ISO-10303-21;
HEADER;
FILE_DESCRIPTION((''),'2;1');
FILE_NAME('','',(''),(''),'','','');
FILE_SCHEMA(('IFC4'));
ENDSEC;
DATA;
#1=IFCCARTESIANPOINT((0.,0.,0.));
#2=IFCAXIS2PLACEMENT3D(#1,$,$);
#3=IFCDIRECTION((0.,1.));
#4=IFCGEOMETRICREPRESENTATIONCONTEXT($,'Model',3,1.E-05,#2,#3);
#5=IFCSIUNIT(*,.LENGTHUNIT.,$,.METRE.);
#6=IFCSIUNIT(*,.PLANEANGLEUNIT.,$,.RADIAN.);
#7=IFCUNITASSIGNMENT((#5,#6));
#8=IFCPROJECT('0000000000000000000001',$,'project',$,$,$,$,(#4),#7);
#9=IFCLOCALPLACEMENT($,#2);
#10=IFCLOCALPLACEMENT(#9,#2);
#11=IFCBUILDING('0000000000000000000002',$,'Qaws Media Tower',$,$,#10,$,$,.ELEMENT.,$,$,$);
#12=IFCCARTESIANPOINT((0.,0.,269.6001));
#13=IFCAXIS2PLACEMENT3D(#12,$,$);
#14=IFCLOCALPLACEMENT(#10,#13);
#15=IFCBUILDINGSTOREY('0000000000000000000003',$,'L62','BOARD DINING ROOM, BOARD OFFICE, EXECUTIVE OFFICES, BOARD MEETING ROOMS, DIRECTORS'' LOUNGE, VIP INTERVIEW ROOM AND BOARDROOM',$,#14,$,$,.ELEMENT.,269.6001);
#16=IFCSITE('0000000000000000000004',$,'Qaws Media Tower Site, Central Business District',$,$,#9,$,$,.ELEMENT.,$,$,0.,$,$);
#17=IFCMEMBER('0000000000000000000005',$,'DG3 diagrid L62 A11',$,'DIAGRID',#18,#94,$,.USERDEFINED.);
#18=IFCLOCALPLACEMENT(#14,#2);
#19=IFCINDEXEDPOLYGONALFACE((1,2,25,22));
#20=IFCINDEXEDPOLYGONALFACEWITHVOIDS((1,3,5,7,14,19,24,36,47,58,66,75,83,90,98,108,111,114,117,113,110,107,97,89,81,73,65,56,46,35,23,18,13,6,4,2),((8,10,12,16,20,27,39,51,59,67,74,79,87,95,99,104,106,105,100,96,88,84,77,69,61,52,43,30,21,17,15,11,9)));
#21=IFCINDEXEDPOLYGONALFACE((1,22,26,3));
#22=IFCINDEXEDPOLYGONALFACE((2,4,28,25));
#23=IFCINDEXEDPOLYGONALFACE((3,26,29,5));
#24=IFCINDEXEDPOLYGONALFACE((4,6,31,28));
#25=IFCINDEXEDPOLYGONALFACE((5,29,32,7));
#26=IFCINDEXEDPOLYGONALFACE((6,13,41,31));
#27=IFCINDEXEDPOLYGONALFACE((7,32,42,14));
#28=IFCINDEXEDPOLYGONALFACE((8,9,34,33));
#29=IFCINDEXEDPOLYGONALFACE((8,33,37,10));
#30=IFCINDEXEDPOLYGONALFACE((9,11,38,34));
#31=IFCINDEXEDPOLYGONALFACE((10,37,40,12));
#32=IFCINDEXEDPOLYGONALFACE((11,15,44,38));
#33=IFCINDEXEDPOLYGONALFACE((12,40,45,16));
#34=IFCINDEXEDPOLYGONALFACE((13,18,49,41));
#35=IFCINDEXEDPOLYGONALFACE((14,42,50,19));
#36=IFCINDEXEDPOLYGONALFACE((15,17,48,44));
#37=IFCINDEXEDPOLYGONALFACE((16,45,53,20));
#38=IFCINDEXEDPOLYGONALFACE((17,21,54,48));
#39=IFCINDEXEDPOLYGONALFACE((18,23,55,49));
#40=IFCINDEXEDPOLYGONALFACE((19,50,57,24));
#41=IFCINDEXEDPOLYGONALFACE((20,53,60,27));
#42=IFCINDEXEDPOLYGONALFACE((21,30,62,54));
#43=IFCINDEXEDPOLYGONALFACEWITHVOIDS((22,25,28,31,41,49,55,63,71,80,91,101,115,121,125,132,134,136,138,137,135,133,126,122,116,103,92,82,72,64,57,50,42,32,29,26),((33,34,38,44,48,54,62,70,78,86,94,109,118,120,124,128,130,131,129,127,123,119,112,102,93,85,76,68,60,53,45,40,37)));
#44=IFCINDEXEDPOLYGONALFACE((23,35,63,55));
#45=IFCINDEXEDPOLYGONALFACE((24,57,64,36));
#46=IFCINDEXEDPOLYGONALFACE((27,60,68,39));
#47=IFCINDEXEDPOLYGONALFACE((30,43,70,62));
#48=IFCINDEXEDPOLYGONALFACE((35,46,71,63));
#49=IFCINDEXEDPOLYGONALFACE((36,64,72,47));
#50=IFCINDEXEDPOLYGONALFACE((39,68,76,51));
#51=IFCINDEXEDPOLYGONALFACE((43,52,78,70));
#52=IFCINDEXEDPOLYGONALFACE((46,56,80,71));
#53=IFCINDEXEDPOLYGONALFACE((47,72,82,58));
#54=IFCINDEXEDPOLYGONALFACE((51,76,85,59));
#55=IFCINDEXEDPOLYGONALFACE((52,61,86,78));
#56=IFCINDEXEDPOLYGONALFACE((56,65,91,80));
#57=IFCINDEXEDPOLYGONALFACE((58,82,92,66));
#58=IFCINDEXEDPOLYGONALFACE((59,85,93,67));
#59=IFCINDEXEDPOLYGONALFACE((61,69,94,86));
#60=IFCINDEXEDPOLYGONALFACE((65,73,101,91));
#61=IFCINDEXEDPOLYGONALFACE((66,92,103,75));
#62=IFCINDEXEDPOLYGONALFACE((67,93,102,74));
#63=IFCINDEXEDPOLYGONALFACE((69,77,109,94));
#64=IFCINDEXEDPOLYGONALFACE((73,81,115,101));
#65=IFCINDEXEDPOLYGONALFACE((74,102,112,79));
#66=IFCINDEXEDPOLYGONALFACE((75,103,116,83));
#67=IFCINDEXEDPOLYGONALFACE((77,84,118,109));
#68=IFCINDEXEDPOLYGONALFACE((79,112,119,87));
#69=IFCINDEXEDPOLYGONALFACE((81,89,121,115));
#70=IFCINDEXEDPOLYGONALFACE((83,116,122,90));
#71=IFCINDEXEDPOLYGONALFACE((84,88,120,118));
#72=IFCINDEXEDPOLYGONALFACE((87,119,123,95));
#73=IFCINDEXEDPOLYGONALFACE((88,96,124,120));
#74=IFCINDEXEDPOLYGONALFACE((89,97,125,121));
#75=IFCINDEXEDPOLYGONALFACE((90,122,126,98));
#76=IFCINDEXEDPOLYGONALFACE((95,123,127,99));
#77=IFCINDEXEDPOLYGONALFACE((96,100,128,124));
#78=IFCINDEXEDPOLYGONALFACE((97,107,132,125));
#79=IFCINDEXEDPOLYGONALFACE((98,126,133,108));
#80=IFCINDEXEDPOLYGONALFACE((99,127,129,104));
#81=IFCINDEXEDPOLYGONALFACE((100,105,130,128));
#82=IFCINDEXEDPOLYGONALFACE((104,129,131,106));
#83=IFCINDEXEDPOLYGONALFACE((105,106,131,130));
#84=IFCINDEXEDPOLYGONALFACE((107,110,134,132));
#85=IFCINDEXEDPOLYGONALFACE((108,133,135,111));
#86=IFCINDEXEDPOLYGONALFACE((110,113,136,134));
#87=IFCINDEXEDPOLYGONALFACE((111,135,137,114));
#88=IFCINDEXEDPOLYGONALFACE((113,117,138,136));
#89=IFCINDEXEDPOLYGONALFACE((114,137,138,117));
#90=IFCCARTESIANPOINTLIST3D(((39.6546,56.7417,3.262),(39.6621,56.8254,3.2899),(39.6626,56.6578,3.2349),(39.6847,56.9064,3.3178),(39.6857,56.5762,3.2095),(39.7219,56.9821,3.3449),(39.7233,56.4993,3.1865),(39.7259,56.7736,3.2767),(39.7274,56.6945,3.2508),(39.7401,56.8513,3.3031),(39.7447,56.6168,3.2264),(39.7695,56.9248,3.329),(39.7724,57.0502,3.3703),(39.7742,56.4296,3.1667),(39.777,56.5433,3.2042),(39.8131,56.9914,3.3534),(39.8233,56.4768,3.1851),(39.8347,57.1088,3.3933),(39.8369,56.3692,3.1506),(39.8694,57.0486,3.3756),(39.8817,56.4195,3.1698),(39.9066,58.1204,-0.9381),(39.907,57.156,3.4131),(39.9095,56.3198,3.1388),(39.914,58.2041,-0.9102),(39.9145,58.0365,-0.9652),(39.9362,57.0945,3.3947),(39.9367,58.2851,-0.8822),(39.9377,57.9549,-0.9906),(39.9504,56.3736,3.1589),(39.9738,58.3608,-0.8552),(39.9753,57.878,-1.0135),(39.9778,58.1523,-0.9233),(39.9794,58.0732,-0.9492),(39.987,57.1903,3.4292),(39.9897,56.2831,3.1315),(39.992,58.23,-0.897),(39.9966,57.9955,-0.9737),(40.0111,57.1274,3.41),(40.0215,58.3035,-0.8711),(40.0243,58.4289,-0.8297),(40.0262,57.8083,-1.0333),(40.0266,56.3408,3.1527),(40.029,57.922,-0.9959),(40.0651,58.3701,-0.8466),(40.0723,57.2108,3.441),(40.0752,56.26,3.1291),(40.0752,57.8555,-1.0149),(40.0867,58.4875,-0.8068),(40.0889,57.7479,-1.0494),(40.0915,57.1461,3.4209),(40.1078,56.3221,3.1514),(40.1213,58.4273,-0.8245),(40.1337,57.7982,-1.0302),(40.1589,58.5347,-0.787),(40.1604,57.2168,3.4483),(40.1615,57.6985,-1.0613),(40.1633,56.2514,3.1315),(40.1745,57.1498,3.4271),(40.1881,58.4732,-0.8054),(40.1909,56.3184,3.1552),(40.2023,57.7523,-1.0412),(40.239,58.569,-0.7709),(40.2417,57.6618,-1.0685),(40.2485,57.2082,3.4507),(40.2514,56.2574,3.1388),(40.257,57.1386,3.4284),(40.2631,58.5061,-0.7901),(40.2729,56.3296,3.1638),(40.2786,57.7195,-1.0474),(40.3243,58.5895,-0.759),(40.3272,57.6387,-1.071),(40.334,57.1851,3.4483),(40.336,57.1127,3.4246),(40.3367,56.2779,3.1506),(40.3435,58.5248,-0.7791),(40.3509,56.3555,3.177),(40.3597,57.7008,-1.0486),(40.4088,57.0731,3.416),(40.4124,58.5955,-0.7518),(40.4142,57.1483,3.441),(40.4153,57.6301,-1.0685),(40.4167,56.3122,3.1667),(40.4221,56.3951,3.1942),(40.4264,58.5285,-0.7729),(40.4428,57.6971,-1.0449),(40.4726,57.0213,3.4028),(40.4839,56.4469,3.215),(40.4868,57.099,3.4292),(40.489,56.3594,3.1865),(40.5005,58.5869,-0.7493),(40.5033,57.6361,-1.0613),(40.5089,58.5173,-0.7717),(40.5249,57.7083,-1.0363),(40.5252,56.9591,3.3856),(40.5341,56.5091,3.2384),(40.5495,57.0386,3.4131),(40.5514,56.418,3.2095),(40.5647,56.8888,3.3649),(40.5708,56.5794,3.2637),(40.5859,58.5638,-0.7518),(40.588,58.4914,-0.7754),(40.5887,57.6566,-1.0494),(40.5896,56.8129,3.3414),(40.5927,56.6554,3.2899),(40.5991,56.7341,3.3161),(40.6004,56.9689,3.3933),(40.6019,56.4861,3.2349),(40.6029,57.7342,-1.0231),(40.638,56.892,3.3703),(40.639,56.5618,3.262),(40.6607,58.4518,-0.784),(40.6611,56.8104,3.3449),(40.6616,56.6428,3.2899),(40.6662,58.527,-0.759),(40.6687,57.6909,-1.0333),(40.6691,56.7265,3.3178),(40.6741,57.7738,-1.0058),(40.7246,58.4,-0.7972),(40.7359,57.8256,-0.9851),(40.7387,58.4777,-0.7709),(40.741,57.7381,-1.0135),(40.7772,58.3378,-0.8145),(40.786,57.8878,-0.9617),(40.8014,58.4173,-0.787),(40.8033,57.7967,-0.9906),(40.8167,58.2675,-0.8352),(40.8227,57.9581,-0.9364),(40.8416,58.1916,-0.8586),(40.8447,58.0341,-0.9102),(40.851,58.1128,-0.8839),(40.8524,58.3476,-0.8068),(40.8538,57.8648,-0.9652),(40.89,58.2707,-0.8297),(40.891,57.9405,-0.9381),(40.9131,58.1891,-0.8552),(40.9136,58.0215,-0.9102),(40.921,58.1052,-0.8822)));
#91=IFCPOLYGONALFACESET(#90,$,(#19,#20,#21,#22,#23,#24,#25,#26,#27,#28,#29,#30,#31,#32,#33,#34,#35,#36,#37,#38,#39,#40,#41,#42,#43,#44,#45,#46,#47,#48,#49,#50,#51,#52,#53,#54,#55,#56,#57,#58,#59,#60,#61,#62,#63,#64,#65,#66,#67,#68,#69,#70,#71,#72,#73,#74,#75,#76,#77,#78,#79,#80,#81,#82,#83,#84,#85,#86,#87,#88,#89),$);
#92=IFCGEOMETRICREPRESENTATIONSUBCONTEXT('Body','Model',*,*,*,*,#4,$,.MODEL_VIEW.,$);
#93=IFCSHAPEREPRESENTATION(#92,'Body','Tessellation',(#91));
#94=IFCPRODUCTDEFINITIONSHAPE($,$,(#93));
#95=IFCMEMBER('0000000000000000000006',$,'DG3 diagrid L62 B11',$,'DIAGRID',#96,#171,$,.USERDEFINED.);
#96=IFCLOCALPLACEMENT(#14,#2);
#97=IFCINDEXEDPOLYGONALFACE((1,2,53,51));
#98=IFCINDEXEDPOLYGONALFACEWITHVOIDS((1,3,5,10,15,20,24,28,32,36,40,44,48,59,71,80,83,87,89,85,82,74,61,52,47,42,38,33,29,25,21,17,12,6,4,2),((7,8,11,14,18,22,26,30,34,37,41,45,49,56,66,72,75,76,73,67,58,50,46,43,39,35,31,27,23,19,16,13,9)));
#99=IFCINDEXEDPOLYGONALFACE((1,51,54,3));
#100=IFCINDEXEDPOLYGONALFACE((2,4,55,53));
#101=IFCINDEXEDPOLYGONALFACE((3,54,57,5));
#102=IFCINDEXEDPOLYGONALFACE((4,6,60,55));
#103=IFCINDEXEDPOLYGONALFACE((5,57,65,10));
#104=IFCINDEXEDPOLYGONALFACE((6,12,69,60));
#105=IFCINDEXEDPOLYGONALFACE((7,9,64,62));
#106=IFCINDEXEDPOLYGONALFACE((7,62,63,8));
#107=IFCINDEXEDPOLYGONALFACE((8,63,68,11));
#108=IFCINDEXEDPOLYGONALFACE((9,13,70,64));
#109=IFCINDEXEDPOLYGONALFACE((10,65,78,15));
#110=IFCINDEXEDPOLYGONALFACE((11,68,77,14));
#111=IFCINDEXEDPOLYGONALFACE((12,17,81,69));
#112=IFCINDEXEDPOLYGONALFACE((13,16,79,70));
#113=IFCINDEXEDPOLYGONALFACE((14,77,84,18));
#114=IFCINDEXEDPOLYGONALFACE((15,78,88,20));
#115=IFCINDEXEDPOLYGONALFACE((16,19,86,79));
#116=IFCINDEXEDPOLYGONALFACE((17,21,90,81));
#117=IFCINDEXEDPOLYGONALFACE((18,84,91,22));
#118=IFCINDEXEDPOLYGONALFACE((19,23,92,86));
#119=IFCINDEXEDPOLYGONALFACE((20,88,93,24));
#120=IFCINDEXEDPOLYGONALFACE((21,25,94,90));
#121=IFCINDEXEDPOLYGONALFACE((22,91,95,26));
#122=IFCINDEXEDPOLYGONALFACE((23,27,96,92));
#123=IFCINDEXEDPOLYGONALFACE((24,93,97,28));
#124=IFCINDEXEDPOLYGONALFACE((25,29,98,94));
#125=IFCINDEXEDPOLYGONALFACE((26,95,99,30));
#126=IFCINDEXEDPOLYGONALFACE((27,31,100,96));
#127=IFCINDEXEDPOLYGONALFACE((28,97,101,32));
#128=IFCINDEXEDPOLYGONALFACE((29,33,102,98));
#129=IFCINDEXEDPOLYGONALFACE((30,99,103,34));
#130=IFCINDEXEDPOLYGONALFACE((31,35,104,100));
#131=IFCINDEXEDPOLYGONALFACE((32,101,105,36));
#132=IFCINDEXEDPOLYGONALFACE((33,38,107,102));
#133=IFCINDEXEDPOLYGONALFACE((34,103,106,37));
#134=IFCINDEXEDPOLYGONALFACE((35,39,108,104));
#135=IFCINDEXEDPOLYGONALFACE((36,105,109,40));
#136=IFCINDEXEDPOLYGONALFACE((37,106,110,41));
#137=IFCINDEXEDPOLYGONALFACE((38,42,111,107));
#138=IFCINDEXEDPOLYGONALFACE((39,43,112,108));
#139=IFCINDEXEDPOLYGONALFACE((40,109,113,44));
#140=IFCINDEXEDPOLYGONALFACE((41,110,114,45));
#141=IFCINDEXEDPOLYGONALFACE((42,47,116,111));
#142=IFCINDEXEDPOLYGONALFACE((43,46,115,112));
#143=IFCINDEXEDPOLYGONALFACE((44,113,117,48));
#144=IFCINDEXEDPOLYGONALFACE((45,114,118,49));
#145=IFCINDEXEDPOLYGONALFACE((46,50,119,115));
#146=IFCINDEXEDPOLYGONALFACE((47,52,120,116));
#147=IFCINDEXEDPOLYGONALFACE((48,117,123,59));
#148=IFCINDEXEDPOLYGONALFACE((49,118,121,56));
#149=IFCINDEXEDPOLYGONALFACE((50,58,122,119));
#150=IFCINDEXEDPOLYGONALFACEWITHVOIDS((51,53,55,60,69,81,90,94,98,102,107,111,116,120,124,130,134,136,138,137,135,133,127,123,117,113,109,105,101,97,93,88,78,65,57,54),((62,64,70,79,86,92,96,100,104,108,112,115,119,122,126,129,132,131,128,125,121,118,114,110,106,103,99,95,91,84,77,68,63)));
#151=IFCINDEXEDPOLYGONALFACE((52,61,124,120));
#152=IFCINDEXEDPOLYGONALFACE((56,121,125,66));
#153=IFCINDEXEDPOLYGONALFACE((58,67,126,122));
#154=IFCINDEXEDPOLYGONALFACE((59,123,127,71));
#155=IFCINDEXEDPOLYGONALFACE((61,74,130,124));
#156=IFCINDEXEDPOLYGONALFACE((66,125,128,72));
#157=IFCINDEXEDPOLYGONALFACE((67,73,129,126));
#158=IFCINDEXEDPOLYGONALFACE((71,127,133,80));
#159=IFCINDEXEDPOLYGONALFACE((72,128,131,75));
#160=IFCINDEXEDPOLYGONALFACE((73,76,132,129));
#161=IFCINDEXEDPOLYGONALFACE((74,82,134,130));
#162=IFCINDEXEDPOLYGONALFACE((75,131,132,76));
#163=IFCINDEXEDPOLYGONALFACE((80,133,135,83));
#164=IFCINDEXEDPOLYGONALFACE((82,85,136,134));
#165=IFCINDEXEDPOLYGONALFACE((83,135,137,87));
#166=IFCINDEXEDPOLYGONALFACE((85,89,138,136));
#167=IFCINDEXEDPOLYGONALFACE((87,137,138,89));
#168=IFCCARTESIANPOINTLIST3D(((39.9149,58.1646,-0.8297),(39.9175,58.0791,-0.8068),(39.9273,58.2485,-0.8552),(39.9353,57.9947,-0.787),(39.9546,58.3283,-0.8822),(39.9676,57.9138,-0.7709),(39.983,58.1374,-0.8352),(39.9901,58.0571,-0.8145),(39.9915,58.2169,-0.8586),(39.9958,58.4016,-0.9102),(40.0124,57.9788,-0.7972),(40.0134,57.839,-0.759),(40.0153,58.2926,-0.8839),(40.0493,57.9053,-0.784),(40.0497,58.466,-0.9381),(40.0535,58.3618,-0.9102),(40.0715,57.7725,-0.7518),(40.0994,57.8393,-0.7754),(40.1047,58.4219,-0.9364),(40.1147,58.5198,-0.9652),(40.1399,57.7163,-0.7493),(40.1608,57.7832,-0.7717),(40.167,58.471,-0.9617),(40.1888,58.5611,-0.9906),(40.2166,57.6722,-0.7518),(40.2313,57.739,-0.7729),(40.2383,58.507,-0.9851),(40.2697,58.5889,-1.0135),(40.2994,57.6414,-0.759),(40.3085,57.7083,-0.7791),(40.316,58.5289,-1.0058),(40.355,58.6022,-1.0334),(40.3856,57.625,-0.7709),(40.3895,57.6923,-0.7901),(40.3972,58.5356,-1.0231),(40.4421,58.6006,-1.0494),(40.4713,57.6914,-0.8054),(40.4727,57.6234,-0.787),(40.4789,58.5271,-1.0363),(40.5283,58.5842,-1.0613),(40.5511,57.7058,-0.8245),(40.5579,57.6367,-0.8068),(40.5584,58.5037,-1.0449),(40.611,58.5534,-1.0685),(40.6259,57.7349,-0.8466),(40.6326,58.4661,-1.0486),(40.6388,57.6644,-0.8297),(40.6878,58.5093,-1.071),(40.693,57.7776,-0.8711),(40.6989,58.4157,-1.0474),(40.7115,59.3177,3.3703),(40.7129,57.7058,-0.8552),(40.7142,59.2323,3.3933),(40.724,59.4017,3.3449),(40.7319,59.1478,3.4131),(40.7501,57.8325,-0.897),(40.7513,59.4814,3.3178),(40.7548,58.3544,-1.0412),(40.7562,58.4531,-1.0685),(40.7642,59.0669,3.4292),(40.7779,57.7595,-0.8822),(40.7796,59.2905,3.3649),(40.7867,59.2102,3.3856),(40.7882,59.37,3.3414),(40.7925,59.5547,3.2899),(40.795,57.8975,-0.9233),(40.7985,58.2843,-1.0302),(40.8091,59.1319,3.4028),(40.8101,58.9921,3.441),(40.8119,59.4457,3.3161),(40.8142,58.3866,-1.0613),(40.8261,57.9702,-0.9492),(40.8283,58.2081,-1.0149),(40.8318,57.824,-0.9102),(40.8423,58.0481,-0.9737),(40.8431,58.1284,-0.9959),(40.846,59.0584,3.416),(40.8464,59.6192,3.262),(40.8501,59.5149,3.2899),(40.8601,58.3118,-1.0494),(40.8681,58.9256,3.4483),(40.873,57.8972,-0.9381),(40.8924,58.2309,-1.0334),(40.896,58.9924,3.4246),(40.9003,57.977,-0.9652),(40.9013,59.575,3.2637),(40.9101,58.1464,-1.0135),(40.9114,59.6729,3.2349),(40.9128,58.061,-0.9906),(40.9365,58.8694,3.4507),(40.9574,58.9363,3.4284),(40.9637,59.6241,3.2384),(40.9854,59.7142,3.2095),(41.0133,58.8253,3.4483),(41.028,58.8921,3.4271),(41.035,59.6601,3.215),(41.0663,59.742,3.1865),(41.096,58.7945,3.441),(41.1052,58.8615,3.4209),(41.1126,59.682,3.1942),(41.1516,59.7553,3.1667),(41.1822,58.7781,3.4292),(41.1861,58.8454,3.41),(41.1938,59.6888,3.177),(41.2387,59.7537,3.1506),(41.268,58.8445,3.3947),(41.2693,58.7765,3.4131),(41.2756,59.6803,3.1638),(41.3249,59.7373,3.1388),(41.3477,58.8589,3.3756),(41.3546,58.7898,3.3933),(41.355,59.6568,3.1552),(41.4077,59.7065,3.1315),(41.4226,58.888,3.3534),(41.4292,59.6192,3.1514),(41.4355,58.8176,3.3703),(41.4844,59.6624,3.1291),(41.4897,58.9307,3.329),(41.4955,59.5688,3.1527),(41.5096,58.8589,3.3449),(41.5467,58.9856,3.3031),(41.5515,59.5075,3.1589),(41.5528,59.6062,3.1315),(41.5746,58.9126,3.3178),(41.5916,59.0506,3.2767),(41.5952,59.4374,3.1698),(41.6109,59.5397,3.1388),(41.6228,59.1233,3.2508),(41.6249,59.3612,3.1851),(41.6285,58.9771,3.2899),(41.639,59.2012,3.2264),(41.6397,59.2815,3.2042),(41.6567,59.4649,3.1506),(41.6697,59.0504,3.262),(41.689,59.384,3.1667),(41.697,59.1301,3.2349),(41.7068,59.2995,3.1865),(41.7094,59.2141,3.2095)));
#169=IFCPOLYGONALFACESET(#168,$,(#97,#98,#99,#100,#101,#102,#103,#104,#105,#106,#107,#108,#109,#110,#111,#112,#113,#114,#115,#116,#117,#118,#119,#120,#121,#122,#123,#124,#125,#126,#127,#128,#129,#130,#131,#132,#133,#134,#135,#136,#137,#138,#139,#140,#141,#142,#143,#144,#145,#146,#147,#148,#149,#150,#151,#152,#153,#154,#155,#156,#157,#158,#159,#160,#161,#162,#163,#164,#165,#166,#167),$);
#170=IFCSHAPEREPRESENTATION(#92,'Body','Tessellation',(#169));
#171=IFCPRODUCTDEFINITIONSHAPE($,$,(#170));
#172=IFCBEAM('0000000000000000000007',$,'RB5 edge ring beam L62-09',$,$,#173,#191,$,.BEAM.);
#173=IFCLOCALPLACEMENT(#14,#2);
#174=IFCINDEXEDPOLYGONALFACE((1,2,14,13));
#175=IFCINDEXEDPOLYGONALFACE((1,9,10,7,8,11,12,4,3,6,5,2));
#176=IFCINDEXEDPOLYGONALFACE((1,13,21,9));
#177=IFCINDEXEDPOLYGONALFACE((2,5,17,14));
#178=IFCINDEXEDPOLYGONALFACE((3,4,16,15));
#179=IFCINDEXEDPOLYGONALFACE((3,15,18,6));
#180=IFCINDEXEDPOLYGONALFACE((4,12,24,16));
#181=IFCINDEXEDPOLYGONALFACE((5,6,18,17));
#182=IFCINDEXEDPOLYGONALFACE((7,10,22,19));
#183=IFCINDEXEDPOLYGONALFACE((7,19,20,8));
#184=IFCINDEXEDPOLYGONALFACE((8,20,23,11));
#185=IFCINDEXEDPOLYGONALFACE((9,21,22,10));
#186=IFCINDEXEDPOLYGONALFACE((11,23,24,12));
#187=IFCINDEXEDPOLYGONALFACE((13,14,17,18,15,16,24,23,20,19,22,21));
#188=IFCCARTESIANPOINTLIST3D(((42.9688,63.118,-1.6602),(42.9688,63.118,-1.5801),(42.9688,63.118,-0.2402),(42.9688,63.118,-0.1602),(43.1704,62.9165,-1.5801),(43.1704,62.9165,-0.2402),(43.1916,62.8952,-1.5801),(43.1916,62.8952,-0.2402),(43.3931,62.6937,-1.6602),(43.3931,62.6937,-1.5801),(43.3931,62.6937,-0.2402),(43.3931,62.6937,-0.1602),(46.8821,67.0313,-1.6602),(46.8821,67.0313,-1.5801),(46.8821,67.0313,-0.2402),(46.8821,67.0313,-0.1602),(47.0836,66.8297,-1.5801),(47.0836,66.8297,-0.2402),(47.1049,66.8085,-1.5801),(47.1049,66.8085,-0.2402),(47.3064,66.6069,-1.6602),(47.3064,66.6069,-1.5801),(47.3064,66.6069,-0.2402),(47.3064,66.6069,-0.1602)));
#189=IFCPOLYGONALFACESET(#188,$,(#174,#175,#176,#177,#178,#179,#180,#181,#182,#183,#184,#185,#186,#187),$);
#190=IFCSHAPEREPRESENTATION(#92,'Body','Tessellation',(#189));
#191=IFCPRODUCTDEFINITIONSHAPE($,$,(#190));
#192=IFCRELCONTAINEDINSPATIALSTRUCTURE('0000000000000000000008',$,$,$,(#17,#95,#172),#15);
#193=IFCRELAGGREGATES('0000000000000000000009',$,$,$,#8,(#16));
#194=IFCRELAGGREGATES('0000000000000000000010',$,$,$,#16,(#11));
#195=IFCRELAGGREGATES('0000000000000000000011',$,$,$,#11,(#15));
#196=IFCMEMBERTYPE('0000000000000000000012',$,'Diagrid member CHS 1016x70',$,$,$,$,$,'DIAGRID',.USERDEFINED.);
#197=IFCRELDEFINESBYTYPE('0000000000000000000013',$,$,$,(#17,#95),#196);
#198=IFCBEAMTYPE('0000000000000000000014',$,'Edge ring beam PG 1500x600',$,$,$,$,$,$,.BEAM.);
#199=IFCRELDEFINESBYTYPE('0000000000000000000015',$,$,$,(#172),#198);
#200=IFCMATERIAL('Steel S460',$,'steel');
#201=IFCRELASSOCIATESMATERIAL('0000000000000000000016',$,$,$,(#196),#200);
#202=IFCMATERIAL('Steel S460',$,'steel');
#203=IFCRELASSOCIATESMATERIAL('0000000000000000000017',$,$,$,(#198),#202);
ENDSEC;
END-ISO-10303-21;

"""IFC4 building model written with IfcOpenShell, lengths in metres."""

from ifc_helpers import new_model, si_unit, direction, frame, origin, origin_2d, place, context, subcontext, project, spatial, hollow_circle, i_section, extrude, material, material_profile, profile_set, type_object, element, save


model = new_model("IFC4")

# Units and contexts
model_context = context("Model", 3, precision=1e-05, world=origin(), true_north=direction((0.0, 1.0)))
body_context = subcontext(model_context, "Body", "Model", "MODEL_VIEW")
ifc_project = project(units=[si_unit("LENGTHUNIT", "METRE"), si_unit("PLANEANGLEUNIT", "RADIAN")], contexts=[model_context])

# Site, building, storey
site_placement = place(None, origin())
site = spatial("IfcSite", under=ifc_project, at=site_placement, Name="Qaws Media Tower Site, Central Business District", CompositionType="ELEMENT", RefElevation=0.0)
building_placement = place(site_placement, origin())
building = spatial("IfcBuilding", under=site, at=building_placement, Name="Qaws Media Tower", CompositionType="ELEMENT")
storey_placement = place(building_placement, frame((0.0, 0.0, 269.6001)))
storey = spatial("IfcBuildingStorey", under=building, at=storey_placement, Name="L62", Description="BOARD DINING ROOM, BOARD OFFICE, EXECUTIVE OFFICES, BOARD MEETING ROOMS, DIRECTORS' LOUNGE, VIP INTERVIEW ROOM AND BOARDROOM", CompositionType="ELEMENT", Elevation=269.6001)

# Members
ifc_material_1 = material(Name="Steel S460", Category="steel")
ifc_material_profile_1 = material_profile(ifc_material_1, hollow_circle(Radius=0.5081, WallThickness=0.0701, at=origin_2d()), Name="CHS 1016x70")
ifc_profile_set_1 = profile_set([ifc_material_profile_1], Name="Steel S460")
member_type_1 = type_object("IfcMemberType", Name="Diagrid member CHS 1016x70", ElementType="DIAGRID", PredefinedType="USERDEFINED", material=ifc_profile_set_1)
for number, where, z_axis, x_axis, name in (
    (1, (40.4138, 58.1128, -0.9102), (-0.056905, -0.311378, 0.948581), (0.983708, -0.179774, 0.0), "DG3 diagrid L62 A11"),
    (2, (40.4138, 58.1128, -0.9102), (0.179923, 0.260428, 0.94858), (-0.822744, 0.568413, 0.0), "DG3 diagrid L62 B11"),
):
    element("IfcMember", number, at=place(storey_placement, frame(where, z_axis=z_axis, x_axis=x_axis)), inside=storey, type_object=member_type_1, Name=name, ObjectType="DIAGRID", PredefinedType="USERDEFINED", context=body_context, shape_type="SweptSolid", body=[
        extrude(hollow_circle(Radius=0.5081, WallThickness=0.0701, at=origin_2d()), origin(), (0.0, 0.0, 1.0), 4.4277),
    ])

# Beam
ifc_material_2 = material(Name="Steel S460", Category="steel")
ifc_material_profile_2 = material_profile(ifc_material_2, i_section(OverallWidth=0.6001, OverallDepth=1.5, WebThickness=0.03, FlangeThickness=0.0801, at=origin_2d()), Name="PG 1500x600")
ifc_profile_set_2 = profile_set([ifc_material_profile_2], Name="Steel S460")
beam_type = type_object("IfcBeamType", Name="Edge ring beam PG 1500x600", PredefinedType="BEAM", material=ifc_profile_set_2)
beam_1_placement = place(storey_placement, frame((47.0942, 66.8191, -0.9102), z_axis=(-0.707107, -0.707107, 0.0), x_axis=(0.707107, -0.707107, 0.0)))
element("IfcBeam", 3, at=beam_1_placement, inside=storey, type_object=beam_type, Name="RB5 edge ring beam L62-09", PredefinedType="BEAM", context=body_context, shape_type="SweptSolid", body=[
    extrude(i_section(OverallWidth=0.6001, OverallDepth=1.5, WebThickness=0.03, FlangeThickness=0.0801, at=origin_2d()), origin(), (0.0, 0.0, 1.0), 5.5342),
])

save(model, "model.ifc")
